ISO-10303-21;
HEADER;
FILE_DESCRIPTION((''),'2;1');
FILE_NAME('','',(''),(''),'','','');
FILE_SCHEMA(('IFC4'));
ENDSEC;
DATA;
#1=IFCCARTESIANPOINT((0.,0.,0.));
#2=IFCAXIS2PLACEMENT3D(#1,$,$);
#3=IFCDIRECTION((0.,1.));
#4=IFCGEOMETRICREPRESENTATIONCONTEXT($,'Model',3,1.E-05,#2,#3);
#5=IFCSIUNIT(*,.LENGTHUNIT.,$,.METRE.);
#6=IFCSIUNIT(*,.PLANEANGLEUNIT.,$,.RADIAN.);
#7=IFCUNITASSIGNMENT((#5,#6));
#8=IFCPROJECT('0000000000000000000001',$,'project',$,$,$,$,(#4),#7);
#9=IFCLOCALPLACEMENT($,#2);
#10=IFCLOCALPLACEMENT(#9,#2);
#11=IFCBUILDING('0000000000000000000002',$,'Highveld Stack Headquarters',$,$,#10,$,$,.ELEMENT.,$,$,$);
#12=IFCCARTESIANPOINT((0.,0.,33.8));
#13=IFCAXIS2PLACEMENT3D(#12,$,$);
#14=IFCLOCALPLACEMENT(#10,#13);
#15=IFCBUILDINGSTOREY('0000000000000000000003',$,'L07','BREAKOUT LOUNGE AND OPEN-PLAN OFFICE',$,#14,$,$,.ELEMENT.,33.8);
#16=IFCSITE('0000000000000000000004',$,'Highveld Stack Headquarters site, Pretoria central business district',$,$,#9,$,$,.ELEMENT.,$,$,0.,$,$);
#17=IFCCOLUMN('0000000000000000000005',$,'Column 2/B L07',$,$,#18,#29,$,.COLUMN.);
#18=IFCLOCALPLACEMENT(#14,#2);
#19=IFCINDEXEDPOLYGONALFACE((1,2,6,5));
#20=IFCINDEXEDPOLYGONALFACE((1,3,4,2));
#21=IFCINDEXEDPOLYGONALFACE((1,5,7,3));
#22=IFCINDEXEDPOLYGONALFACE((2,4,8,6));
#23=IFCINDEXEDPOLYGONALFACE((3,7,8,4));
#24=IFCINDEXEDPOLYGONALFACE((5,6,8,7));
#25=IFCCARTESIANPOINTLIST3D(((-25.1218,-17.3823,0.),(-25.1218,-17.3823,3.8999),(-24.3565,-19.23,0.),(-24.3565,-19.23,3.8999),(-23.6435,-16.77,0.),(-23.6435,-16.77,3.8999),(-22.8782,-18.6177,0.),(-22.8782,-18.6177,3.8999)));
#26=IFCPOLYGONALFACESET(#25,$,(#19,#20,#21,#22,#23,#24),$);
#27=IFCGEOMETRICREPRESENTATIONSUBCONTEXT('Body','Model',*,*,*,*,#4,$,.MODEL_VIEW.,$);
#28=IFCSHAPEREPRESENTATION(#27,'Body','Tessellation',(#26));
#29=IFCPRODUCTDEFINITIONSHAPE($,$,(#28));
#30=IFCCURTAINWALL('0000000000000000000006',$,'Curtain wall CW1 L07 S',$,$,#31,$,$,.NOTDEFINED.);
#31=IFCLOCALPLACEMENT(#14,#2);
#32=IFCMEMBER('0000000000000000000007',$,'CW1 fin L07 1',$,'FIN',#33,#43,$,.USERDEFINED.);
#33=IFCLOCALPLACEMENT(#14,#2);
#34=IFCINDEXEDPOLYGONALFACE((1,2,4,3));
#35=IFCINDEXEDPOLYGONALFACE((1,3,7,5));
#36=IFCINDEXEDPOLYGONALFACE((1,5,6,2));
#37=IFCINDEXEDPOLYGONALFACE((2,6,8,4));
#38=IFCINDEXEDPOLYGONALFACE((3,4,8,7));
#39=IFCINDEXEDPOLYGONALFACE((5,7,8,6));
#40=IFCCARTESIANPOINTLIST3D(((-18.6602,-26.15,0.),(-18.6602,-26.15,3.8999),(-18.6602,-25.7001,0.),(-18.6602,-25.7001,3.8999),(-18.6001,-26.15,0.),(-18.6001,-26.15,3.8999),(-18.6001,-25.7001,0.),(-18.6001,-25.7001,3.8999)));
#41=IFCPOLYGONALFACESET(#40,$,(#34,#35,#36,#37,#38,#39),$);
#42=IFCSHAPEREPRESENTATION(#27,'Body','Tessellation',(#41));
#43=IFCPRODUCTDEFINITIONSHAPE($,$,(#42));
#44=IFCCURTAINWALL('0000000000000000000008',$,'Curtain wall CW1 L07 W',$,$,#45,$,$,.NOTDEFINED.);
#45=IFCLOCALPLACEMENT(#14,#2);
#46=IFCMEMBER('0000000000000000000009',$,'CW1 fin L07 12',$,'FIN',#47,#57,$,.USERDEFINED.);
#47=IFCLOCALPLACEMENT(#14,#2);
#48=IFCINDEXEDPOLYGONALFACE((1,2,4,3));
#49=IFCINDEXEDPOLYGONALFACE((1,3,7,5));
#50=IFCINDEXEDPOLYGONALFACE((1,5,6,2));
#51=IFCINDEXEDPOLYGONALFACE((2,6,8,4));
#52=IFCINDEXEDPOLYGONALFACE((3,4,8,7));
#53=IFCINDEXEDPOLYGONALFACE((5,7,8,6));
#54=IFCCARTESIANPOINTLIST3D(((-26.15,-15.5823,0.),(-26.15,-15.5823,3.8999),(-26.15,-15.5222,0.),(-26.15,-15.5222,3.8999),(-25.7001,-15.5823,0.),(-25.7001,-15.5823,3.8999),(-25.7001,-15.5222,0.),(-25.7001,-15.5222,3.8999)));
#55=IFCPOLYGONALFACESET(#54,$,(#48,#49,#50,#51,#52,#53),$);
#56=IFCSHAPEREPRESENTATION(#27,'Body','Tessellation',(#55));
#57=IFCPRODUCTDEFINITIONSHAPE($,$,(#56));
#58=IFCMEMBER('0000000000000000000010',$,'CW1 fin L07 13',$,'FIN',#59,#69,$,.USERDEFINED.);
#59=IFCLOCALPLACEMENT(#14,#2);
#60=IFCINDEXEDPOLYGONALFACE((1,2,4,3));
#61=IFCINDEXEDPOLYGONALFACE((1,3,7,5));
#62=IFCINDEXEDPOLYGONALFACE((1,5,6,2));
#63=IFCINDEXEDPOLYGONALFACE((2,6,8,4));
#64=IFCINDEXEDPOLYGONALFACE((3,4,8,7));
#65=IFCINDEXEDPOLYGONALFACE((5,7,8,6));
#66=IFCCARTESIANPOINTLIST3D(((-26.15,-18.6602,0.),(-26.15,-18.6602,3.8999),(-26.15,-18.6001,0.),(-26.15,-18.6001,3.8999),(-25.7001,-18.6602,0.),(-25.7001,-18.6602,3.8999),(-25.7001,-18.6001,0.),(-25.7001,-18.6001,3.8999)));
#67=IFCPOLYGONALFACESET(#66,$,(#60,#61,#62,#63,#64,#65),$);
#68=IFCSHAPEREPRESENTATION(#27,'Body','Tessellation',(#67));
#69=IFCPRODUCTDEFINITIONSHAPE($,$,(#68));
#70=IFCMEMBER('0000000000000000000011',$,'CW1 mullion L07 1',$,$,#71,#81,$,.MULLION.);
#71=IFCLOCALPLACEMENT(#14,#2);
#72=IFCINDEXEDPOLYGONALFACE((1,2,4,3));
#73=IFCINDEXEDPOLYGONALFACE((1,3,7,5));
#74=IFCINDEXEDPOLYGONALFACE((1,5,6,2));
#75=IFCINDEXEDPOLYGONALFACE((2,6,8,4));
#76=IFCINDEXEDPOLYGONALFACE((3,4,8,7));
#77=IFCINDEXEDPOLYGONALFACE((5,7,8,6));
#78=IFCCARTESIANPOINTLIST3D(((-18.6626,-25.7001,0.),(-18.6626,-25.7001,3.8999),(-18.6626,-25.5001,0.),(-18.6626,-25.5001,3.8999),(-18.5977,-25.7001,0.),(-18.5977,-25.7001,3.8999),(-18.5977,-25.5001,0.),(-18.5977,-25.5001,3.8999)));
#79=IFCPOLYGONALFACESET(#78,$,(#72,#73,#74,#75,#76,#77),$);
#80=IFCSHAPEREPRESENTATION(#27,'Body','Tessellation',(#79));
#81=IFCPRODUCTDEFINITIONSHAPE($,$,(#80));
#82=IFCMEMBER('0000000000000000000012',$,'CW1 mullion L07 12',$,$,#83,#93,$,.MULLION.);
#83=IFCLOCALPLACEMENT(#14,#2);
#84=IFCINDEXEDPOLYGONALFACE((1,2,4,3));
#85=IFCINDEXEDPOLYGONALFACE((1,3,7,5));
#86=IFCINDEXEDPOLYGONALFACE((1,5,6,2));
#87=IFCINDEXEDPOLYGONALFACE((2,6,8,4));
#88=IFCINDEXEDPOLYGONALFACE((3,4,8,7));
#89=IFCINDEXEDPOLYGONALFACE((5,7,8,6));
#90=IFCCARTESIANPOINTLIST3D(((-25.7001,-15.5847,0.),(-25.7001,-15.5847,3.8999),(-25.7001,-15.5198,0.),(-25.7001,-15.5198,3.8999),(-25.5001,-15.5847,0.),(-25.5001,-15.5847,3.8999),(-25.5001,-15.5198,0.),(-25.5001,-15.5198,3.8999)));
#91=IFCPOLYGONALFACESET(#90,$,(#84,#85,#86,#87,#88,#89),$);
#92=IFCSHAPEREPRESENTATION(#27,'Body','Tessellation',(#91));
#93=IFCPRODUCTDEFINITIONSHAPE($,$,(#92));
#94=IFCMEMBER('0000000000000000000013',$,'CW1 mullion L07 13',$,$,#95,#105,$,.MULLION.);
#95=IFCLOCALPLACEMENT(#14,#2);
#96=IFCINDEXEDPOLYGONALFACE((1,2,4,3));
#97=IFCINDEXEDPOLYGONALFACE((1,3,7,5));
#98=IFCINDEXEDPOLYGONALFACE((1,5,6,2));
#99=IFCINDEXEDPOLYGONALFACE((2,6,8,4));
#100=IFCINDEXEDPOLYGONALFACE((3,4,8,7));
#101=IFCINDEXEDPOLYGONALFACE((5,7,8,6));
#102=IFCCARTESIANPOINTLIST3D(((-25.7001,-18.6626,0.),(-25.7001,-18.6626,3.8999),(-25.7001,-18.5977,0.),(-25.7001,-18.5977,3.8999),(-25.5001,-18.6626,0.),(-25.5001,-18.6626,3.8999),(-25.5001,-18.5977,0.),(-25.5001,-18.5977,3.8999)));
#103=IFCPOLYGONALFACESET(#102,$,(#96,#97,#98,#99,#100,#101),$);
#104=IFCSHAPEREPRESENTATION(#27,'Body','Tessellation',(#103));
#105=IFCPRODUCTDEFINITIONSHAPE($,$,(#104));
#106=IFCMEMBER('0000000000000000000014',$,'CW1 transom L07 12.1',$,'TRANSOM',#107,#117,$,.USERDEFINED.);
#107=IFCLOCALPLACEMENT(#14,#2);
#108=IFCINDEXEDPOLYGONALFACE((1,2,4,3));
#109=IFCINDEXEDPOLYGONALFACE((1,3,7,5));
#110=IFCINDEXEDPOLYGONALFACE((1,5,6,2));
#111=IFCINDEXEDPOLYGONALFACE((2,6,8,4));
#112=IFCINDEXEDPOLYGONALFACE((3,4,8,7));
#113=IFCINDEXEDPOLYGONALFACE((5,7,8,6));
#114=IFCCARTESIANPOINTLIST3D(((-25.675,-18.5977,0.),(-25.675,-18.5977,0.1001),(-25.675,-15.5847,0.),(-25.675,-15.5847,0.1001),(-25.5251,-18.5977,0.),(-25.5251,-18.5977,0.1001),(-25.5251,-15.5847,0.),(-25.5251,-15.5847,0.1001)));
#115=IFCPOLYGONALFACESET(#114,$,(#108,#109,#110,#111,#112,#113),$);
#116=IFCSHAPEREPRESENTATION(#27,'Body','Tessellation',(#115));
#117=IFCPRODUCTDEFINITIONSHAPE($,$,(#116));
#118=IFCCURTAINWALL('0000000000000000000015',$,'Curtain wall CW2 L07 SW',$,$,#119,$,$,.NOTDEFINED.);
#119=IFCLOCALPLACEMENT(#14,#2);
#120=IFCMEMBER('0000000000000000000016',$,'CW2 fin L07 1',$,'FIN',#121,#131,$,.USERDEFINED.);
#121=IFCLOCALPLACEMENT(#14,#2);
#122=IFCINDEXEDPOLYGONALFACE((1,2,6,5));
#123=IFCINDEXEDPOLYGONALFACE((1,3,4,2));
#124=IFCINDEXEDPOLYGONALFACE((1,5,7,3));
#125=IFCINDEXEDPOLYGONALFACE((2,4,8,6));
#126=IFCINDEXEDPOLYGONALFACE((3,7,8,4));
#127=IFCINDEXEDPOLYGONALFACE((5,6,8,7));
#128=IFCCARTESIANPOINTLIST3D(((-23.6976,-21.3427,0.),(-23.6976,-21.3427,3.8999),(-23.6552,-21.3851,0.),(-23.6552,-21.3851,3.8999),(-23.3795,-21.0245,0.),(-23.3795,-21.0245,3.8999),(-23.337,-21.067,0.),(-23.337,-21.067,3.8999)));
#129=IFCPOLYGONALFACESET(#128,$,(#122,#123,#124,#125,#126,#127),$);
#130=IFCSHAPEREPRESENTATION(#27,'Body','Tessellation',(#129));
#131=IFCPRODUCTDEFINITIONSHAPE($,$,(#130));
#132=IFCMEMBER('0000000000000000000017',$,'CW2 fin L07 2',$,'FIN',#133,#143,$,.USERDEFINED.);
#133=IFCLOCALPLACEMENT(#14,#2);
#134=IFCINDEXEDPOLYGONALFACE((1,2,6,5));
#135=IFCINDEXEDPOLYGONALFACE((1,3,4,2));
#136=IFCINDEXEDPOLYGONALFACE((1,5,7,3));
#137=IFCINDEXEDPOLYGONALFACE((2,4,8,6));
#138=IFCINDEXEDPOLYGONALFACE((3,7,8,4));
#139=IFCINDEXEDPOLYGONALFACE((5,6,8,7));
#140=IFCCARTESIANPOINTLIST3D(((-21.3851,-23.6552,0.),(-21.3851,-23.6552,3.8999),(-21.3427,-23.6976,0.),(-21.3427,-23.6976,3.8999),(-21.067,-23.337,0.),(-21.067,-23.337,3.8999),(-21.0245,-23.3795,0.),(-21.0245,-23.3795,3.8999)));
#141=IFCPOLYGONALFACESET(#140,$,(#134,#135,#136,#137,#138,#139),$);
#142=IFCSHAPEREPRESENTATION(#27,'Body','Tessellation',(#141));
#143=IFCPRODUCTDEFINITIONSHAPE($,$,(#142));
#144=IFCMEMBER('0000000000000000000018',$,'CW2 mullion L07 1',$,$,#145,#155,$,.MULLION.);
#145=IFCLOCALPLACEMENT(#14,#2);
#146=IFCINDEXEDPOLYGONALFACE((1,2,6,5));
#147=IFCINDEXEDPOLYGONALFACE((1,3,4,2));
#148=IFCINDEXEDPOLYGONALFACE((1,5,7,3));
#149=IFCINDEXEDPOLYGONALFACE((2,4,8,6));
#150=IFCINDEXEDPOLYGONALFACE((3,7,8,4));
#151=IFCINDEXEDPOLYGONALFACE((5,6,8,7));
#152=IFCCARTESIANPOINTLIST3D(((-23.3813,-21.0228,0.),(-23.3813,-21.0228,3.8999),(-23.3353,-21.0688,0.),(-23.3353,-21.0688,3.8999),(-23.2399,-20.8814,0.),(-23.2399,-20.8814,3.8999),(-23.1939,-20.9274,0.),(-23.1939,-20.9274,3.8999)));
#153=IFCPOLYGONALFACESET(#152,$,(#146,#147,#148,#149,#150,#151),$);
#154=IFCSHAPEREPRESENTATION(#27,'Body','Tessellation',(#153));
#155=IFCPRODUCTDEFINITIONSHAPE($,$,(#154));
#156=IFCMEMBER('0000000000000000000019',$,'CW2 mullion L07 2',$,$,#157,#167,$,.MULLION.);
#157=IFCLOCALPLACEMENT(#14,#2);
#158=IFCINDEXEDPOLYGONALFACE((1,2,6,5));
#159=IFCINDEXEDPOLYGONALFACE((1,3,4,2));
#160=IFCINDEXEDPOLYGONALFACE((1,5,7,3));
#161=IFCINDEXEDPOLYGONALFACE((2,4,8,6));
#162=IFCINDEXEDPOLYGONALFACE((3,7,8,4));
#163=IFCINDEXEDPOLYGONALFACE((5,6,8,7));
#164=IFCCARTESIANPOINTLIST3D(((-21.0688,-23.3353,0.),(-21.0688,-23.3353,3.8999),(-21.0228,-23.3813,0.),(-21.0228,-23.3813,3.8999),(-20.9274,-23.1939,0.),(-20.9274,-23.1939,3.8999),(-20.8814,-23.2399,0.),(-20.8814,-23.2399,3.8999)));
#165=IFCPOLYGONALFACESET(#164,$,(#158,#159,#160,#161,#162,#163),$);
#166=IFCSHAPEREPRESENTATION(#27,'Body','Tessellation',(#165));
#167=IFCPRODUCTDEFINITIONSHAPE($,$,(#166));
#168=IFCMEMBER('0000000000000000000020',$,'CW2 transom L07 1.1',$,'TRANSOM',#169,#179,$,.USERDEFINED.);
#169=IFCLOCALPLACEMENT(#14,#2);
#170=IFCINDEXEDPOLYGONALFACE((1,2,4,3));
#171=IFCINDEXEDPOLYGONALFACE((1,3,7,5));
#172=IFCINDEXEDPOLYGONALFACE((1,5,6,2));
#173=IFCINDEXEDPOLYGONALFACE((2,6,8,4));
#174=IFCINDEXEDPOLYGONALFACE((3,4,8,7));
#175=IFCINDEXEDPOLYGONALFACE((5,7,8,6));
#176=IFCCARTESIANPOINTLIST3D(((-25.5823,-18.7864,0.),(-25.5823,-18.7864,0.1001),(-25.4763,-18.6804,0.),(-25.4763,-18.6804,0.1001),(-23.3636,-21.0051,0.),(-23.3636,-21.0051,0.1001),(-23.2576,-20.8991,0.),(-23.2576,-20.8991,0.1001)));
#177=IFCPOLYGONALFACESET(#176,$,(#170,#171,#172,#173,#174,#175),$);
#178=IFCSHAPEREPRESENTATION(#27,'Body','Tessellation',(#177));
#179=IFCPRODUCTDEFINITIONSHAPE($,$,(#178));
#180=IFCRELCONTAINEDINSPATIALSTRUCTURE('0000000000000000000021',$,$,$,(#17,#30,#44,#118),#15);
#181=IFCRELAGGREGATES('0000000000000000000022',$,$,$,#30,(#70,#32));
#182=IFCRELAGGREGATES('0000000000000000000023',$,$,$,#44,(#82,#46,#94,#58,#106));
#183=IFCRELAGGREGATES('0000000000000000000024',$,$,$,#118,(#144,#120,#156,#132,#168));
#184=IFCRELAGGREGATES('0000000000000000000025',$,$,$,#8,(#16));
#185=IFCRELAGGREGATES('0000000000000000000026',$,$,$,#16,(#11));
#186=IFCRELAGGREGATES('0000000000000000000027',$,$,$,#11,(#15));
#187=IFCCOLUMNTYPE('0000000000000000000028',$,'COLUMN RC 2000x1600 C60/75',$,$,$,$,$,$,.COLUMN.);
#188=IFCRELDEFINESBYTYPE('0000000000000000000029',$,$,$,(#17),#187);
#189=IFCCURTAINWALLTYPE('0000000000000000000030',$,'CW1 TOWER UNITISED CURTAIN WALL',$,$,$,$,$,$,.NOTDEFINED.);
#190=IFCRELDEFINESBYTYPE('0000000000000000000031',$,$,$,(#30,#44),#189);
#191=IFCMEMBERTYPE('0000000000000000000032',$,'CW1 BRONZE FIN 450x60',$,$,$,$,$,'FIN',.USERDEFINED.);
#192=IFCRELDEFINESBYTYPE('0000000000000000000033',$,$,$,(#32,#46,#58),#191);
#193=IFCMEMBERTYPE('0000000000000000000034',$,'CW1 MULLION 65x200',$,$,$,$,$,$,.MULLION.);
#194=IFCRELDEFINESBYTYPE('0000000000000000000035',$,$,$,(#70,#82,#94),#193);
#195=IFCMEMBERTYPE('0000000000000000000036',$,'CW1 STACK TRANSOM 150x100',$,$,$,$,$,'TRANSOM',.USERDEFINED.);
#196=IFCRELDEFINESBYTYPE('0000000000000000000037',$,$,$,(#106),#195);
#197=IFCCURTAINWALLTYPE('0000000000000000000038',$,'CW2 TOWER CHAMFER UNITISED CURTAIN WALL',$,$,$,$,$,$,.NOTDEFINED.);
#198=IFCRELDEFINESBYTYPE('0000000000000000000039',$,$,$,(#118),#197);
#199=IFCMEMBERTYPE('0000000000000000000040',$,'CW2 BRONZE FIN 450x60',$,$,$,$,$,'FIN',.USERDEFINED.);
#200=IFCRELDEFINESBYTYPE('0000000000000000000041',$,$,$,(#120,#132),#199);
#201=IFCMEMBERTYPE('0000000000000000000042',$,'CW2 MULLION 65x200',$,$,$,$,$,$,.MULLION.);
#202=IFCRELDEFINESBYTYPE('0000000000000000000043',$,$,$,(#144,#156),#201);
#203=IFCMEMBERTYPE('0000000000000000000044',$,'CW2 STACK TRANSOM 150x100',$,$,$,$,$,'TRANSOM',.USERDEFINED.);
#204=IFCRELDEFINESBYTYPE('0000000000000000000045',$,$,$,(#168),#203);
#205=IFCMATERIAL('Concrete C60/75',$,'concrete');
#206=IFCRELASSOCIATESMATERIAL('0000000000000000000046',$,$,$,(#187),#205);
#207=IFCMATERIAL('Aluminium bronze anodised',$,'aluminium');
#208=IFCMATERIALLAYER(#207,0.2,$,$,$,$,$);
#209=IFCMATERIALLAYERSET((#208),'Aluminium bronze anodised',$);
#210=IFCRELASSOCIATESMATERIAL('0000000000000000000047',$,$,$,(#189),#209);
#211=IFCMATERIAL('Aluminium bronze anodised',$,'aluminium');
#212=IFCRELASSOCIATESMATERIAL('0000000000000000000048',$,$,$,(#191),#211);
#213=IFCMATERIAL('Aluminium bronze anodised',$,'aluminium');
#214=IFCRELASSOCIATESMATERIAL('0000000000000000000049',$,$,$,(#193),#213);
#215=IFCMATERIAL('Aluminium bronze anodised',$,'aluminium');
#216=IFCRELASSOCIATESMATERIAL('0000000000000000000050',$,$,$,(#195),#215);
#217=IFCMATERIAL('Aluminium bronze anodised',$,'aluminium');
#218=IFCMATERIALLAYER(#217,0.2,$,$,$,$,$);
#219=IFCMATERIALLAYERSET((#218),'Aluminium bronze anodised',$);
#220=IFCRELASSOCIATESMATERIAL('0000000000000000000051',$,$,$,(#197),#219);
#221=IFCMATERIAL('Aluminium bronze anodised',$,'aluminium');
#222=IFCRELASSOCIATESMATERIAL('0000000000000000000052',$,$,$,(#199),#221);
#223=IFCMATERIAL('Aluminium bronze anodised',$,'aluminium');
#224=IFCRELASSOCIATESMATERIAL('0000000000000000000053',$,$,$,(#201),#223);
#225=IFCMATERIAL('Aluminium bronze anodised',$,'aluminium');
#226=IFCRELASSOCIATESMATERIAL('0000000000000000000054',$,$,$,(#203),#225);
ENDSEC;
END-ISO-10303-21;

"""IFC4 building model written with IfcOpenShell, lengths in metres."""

from ifc_helpers import new_model, si_unit, direction, frame, origin, origin_2d, place, context, subcontext, project, spatial, rectangle, extrude, material, layer, layer_set, material_profile, profile_set, type_object, element, aggregate, save


model = new_model("IFC4")

# Units and contexts
model_context = context("Model", 3, precision=1e-05, world=origin(), true_north=direction((0.0, 1.0)))
body_context = subcontext(model_context, "Body", "Model", "MODEL_VIEW")
ifc_project = project(units=[si_unit("LENGTHUNIT", "METRE"), si_unit("PLANEANGLEUNIT", "RADIAN")], contexts=[model_context])

# Site, building, storey
site_placement = place(None, origin())
site = spatial("IfcSite", under=ifc_project, at=site_placement, Name="Highveld Stack Headquarters site, Pretoria central business district", CompositionType="ELEMENT", RefElevation=0.0)
building_placement = place(site_placement, origin())
building = spatial("IfcBuilding", under=site, at=building_placement, Name="Highveld Stack Headquarters", CompositionType="ELEMENT")
storey_placement = place(building_placement, frame((0.0, 0.0, 33.8)))
storey = spatial("IfcBuildingStorey", under=building, at=storey_placement, Name="L07", Description="BREAKOUT LOUNGE AND OPEN-PLAN OFFICE", CompositionType="ELEMENT", Elevation=33.8)

# Column
ifc_material_1 = material(Name="Concrete C60/75", Category="concrete")
ifc_material_profile_1 = material_profile(ifc_material_1, rectangle(XDim=2.0, YDim=1.6001, at=origin_2d()), Name="RC 2000x1600")
ifc_profile_set_1 = profile_set([ifc_material_profile_1], Name="Concrete C60/75")
column_type = type_object("IfcColumnType", Name="COLUMN RC 2000x1600 C60/75", PredefinedType="COLUMN", material=ifc_profile_set_1)
column_placement = place(storey_placement, frame((-24.0, -18.0, 0.0), z_axis=(0.0, 0.0, 1.0), x_axis=(-0.382683, 0.92388, 0.0)))
element("IfcColumn", 1, at=column_placement, inside=storey, type_object=column_type, Name="Column 2/B L07", PredefinedType="COLUMN", context=body_context, shape_type="SweptSolid", body=[
    extrude(rectangle(XDim=2.0, YDim=1.6001, at=origin_2d()), origin(), (0.0, 0.0, 1.0), 3.8999),
])

# Curtain wall, member
ifc_material_2 = material(Name="Aluminium bronze anodised", Category="aluminium")
ifc_layer_1 = layer(ifc_material_2, 0.2)
ifc_layer_set_1 = layer_set([ifc_layer_1], Name="Aluminium bronze anodised")
curtain_wall_type_1 = type_object("IfcCurtainWallType", Name="CW1 TOWER UNITISED CURTAIN WALL", PredefinedType="NOTDEFINED", material=ifc_layer_set_1)
curtain_wall_1_placement = place(storey_placement, origin())
curtain_wall_1 = element("IfcCurtainWall", 2, at=curtain_wall_1_placement, inside=storey, type_object=curtain_wall_type_1, Name="Curtain wall CW1 L07 S", PredefinedType="NOTDEFINED")
ifc_material_3 = material(Name="Aluminium bronze anodised", Category="aluminium")
ifc_material_profile_2 = material_profile(ifc_material_3, rectangle(XDim=0.45, YDim=0.0601, at=origin_2d()), Name="FIN 450x60")
ifc_profile_set_2 = profile_set([ifc_material_profile_2], Name="Aluminium bronze anodised")
member_type_1 = type_object("IfcMemberType", Name="CW1 BRONZE FIN 450x60", ElementType="FIN", PredefinedType="USERDEFINED", material=ifc_profile_set_2)
member_1_placement = place(storey_placement, frame((-18.6301, -25.925, 0.0), z_axis=(0.0, 0.0, 1.0), x_axis=(0.0, 1.0, 0.0)))
member_1 = element("IfcMember", 3, at=member_1_placement, type_object=member_type_1, Name="CW1 fin L07 1", ObjectType="FIN", PredefinedType="USERDEFINED", context=body_context, shape_type="SweptSolid", body=[
    extrude(rectangle(XDim=0.45, YDim=0.0601, at=origin_2d()), origin(), (0.0, 0.0, 1.0), 3.8999),
])

# Curtain wall, members
curtain_wall_2_placement = place(storey_placement, origin())
curtain_wall_2 = element("IfcCurtainWall", 4, at=curtain_wall_2_placement, inside=storey, type_object=curtain_wall_type_1, Name="Curtain wall CW1 L07 W", PredefinedType="NOTDEFINED")
member_2_placement = place(storey_placement, frame((-25.925, -15.5522, 0.0), z_axis=(0.0, 0.0, 1.0), x_axis=(1.0, 0.0, 0.0)))
member_2 = element("IfcMember", 5, at=member_2_placement, type_object=member_type_1, Name="CW1 fin L07 12", ObjectType="FIN", PredefinedType="USERDEFINED", context=body_context, shape_type="SweptSolid", body=[
    extrude(rectangle(XDim=0.45, YDim=0.0601, at=origin_2d()), origin(), (0.0, 0.0, 1.0), 3.8999),
])
member_3_placement = place(storey_placement, frame((-25.925, -18.6301, 0.0), z_axis=(0.0, 0.0, 1.0), x_axis=(1.0, 0.0, 0.0)))
member_3 = element("IfcMember", 6, at=member_3_placement, type_object=member_type_1, Name="CW1 fin L07 13", ObjectType="FIN", PredefinedType="USERDEFINED", context=body_context, shape_type="SweptSolid", body=[
    extrude(rectangle(XDim=0.45, YDim=0.0601, at=origin_2d()), origin(), (0.0, 0.0, 1.0), 3.8999),
])

# Members
ifc_material_4 = material(Name="Aluminium bronze anodised", Category="aluminium")
ifc_material_profile_3 = material_profile(ifc_material_4, rectangle(XDim=0.2, YDim=0.0649, at=origin_2d()), Name="CW1 MULLION 65x200")
ifc_profile_set_3 = profile_set([ifc_material_profile_3], Name="Aluminium bronze anodised")
member_type_2 = type_object("IfcMemberType", Name="CW1 MULLION 65x200", PredefinedType="MULLION", material=ifc_profile_set_3)
member_4_placement = place(storey_placement, frame((-18.6301, -25.6001, 0.0), z_axis=(0.0, 0.0, 1.0), x_axis=(0.0, 1.0, 0.0)))
member_4 = element("IfcMember", 7, at=member_4_placement, type_object=member_type_2, Name="CW1 mullion L07 1", PredefinedType="MULLION", context=body_context, shape_type="SweptSolid", body=[
    extrude(rectangle(XDim=0.2, YDim=0.0649, at=origin_2d()), origin(), (0.0, 0.0, 1.0), 3.8999),
])
aggregate(curtain_wall_1, [member_4, member_1])
member_5_placement = place(storey_placement, frame((-25.6001, -15.5522, 0.0), z_axis=(0.0, 0.0, 1.0), x_axis=(1.0, 0.0, 0.0)))
member_5 = element("IfcMember", 8, at=member_5_placement, type_object=member_type_2, Name="CW1 mullion L07 12", PredefinedType="MULLION", context=body_context, shape_type="SweptSolid", body=[
    extrude(rectangle(XDim=0.2, YDim=0.0649, at=origin_2d()), origin(), (0.0, 0.0, 1.0), 3.8999),
])
member_6_placement = place(storey_placement, frame((-25.6001, -18.6301, 0.0), z_axis=(0.0, 0.0, 1.0), x_axis=(1.0, 0.0, 0.0)))
member_6 = element("IfcMember", 9, at=member_6_placement, type_object=member_type_2, Name="CW1 mullion L07 13", PredefinedType="MULLION", context=body_context, shape_type="SweptSolid", body=[
    extrude(rectangle(XDim=0.2, YDim=0.0649, at=origin_2d()), origin(), (0.0, 0.0, 1.0), 3.8999),
])
ifc_material_5 = material(Name="Aluminium bronze anodised", Category="aluminium")
ifc_material_profile_4 = material_profile(ifc_material_5, rectangle(XDim=0.1499, YDim=0.1001, at=origin_2d()), Name="CW1 TRANSOM 150x100")
ifc_profile_set_4 = profile_set([ifc_material_profile_4], Name="Aluminium bronze anodised")
member_type_3 = type_object("IfcMemberType", Name="CW1 STACK TRANSOM 150x100", ElementType="TRANSOM", PredefinedType="USERDEFINED", material=ifc_profile_set_4)
member_7_placement = place(storey_placement, frame((-25.6001, -15.5847, 0.05), z_axis=(0.0, -1.0, 0.0), x_axis=(1.0, 0.0, 0.0)))
member_7 = element("IfcMember", 10, at=member_7_placement, type_object=member_type_3, Name="CW1 transom L07 12.1", ObjectType="TRANSOM", PredefinedType="USERDEFINED", context=body_context, shape_type="SweptSolid", body=[
    extrude(rectangle(XDim=0.1499, YDim=0.1001, at=origin_2d()), origin(), (0.0, 0.0, 1.0), 3.0129),
])

# Curtain wall, members
ifc_material_6 = material(Name="Aluminium bronze anodised", Category="aluminium")
ifc_layer_2 = layer(ifc_material_6, 0.2)
ifc_layer_set_2 = layer_set([ifc_layer_2], Name="Aluminium bronze anodised")
curtain_wall_type_2 = type_object("IfcCurtainWallType", Name="CW2 TOWER CHAMFER UNITISED CURTAIN WALL", PredefinedType="NOTDEFINED", material=ifc_layer_set_2)
curtain_wall_3_placement = place(storey_placement, origin())
curtain_wall_3 = element("IfcCurtainWall", 11, at=curtain_wall_3_placement, inside=storey, type_object=curtain_wall_type_2, Name="Curtain wall CW2 L07 SW", PredefinedType="NOTDEFINED")
ifc_material_7 = material(Name="Aluminium bronze anodised", Category="aluminium")
ifc_material_profile_5 = material_profile(ifc_material_7, rectangle(XDim=0.45, YDim=0.0601, at=origin_2d()), Name="FIN 450x60")
ifc_profile_set_5 = profile_set([ifc_material_profile_5], Name="Aluminium bronze anodised")
member_type_4 = type_object("IfcMemberType", Name="CW2 BRONZE FIN 450x60", ElementType="FIN", PredefinedType="USERDEFINED", material=ifc_profile_set_5)
member_8_placement = place(storey_placement, frame((-23.5173, -21.2048, 0.0), z_axis=(0.0, 0.0, 1.0), x_axis=(0.707107, 0.707107, 0.0)))
member_8 = element("IfcMember", 12, at=member_8_placement, type_object=member_type_4, Name="CW2 fin L07 1", ObjectType="FIN", PredefinedType="USERDEFINED", context=body_context, shape_type="SweptSolid", body=[
    extrude(rectangle(XDim=0.45, YDim=0.0601, at=origin_2d()), origin(), (0.0, 0.0, 1.0), 3.8999),
])
member_9_placement = place(storey_placement, frame((-21.2048, -23.5173, 0.0), z_axis=(0.0, 0.0, 1.0), x_axis=(0.707107, 0.707107, 0.0)))
member_9 = element("IfcMember", 13, at=member_9_placement, type_object=member_type_4, Name="CW2 fin L07 2", ObjectType="FIN", PredefinedType="USERDEFINED", context=body_context, shape_type="SweptSolid", body=[
    extrude(rectangle(XDim=0.45, YDim=0.0601, at=origin_2d()), origin(), (0.0, 0.0, 1.0), 3.8999),
])
ifc_material_8 = material(Name="Aluminium bronze anodised", Category="aluminium")
ifc_material_profile_6 = material_profile(ifc_material_8, rectangle(XDim=0.2, YDim=0.0649, at=origin_2d()), Name="CW2 MULLION 65x200")
ifc_profile_set_6 = profile_set([ifc_material_profile_6], Name="Aluminium bronze anodised")
member_type_5 = type_object("IfcMemberType", Name="CW2 MULLION 65x200", PredefinedType="MULLION", material=ifc_profile_set_6)
member_10_placement = place(storey_placement, frame((-23.2876, -20.9751, 0.0), z_axis=(0.0, 0.0, 1.0), x_axis=(0.707107, 0.707107, 0.0)))
member_10 = element("IfcMember", 14, at=member_10_placement, type_object=member_type_5, Name="CW2 mullion L07 1", PredefinedType="MULLION", context=body_context, shape_type="SweptSolid", body=[
    extrude(rectangle(XDim=0.2, YDim=0.0649, at=origin_2d()), origin(), (0.0, 0.0, 1.0), 3.8999),
])
member_11_placement = place(storey_placement, frame((-20.9751, -23.2876, 0.0), z_axis=(0.0, 0.0, 1.0), x_axis=(0.707107, 0.707107, 0.0)))
member_11 = element("IfcMember", 15, at=member_11_placement, type_object=member_type_5, Name="CW2 mullion L07 2", PredefinedType="MULLION", context=body_context, shape_type="SweptSolid", body=[
    extrude(rectangle(XDim=0.2, YDim=0.0649, at=origin_2d()), origin(), (0.0, 0.0, 1.0), 3.8999),
])
ifc_material_9 = material(Name="Aluminium bronze anodised", Category="aluminium")
ifc_material_profile_7 = material_profile(ifc_material_9, rectangle(XDim=0.1499, YDim=0.1001, at=origin_2d()), Name="CW2 TRANSOM 150x100")
ifc_profile_set_7 = profile_set([ifc_material_profile_7], Name="Aluminium bronze anodised")
member_type_6 = type_object("IfcMemberType", Name="CW2 STACK TRANSOM 150x100", ElementType="TRANSOM", PredefinedType="USERDEFINED", material=ifc_profile_set_7)
member_12_placement = place(storey_placement, frame((-25.5293, -18.7334, 0.05), z_axis=(0.707107, -0.707107, 0.0), x_axis=(0.707107, 0.707107, 0.0)))
member_12 = element("IfcMember", 16, at=member_12_placement, type_object=member_type_6, Name="CW2 transom L07 1.1", ObjectType="TRANSOM", PredefinedType="USERDEFINED", context=body_context, shape_type="SweptSolid", body=[
    extrude(rectangle(XDim=0.1499, YDim=0.1001, at=origin_2d()), origin(), (0.0, 0.0, 1.0), 3.1377),
])

aggregate(curtain_wall_2, [member_5, member_2, member_6, member_3, member_7])
aggregate(curtain_wall_3, [member_10, member_8, member_11, member_9, member_12])

save(model, "model.ifc")
